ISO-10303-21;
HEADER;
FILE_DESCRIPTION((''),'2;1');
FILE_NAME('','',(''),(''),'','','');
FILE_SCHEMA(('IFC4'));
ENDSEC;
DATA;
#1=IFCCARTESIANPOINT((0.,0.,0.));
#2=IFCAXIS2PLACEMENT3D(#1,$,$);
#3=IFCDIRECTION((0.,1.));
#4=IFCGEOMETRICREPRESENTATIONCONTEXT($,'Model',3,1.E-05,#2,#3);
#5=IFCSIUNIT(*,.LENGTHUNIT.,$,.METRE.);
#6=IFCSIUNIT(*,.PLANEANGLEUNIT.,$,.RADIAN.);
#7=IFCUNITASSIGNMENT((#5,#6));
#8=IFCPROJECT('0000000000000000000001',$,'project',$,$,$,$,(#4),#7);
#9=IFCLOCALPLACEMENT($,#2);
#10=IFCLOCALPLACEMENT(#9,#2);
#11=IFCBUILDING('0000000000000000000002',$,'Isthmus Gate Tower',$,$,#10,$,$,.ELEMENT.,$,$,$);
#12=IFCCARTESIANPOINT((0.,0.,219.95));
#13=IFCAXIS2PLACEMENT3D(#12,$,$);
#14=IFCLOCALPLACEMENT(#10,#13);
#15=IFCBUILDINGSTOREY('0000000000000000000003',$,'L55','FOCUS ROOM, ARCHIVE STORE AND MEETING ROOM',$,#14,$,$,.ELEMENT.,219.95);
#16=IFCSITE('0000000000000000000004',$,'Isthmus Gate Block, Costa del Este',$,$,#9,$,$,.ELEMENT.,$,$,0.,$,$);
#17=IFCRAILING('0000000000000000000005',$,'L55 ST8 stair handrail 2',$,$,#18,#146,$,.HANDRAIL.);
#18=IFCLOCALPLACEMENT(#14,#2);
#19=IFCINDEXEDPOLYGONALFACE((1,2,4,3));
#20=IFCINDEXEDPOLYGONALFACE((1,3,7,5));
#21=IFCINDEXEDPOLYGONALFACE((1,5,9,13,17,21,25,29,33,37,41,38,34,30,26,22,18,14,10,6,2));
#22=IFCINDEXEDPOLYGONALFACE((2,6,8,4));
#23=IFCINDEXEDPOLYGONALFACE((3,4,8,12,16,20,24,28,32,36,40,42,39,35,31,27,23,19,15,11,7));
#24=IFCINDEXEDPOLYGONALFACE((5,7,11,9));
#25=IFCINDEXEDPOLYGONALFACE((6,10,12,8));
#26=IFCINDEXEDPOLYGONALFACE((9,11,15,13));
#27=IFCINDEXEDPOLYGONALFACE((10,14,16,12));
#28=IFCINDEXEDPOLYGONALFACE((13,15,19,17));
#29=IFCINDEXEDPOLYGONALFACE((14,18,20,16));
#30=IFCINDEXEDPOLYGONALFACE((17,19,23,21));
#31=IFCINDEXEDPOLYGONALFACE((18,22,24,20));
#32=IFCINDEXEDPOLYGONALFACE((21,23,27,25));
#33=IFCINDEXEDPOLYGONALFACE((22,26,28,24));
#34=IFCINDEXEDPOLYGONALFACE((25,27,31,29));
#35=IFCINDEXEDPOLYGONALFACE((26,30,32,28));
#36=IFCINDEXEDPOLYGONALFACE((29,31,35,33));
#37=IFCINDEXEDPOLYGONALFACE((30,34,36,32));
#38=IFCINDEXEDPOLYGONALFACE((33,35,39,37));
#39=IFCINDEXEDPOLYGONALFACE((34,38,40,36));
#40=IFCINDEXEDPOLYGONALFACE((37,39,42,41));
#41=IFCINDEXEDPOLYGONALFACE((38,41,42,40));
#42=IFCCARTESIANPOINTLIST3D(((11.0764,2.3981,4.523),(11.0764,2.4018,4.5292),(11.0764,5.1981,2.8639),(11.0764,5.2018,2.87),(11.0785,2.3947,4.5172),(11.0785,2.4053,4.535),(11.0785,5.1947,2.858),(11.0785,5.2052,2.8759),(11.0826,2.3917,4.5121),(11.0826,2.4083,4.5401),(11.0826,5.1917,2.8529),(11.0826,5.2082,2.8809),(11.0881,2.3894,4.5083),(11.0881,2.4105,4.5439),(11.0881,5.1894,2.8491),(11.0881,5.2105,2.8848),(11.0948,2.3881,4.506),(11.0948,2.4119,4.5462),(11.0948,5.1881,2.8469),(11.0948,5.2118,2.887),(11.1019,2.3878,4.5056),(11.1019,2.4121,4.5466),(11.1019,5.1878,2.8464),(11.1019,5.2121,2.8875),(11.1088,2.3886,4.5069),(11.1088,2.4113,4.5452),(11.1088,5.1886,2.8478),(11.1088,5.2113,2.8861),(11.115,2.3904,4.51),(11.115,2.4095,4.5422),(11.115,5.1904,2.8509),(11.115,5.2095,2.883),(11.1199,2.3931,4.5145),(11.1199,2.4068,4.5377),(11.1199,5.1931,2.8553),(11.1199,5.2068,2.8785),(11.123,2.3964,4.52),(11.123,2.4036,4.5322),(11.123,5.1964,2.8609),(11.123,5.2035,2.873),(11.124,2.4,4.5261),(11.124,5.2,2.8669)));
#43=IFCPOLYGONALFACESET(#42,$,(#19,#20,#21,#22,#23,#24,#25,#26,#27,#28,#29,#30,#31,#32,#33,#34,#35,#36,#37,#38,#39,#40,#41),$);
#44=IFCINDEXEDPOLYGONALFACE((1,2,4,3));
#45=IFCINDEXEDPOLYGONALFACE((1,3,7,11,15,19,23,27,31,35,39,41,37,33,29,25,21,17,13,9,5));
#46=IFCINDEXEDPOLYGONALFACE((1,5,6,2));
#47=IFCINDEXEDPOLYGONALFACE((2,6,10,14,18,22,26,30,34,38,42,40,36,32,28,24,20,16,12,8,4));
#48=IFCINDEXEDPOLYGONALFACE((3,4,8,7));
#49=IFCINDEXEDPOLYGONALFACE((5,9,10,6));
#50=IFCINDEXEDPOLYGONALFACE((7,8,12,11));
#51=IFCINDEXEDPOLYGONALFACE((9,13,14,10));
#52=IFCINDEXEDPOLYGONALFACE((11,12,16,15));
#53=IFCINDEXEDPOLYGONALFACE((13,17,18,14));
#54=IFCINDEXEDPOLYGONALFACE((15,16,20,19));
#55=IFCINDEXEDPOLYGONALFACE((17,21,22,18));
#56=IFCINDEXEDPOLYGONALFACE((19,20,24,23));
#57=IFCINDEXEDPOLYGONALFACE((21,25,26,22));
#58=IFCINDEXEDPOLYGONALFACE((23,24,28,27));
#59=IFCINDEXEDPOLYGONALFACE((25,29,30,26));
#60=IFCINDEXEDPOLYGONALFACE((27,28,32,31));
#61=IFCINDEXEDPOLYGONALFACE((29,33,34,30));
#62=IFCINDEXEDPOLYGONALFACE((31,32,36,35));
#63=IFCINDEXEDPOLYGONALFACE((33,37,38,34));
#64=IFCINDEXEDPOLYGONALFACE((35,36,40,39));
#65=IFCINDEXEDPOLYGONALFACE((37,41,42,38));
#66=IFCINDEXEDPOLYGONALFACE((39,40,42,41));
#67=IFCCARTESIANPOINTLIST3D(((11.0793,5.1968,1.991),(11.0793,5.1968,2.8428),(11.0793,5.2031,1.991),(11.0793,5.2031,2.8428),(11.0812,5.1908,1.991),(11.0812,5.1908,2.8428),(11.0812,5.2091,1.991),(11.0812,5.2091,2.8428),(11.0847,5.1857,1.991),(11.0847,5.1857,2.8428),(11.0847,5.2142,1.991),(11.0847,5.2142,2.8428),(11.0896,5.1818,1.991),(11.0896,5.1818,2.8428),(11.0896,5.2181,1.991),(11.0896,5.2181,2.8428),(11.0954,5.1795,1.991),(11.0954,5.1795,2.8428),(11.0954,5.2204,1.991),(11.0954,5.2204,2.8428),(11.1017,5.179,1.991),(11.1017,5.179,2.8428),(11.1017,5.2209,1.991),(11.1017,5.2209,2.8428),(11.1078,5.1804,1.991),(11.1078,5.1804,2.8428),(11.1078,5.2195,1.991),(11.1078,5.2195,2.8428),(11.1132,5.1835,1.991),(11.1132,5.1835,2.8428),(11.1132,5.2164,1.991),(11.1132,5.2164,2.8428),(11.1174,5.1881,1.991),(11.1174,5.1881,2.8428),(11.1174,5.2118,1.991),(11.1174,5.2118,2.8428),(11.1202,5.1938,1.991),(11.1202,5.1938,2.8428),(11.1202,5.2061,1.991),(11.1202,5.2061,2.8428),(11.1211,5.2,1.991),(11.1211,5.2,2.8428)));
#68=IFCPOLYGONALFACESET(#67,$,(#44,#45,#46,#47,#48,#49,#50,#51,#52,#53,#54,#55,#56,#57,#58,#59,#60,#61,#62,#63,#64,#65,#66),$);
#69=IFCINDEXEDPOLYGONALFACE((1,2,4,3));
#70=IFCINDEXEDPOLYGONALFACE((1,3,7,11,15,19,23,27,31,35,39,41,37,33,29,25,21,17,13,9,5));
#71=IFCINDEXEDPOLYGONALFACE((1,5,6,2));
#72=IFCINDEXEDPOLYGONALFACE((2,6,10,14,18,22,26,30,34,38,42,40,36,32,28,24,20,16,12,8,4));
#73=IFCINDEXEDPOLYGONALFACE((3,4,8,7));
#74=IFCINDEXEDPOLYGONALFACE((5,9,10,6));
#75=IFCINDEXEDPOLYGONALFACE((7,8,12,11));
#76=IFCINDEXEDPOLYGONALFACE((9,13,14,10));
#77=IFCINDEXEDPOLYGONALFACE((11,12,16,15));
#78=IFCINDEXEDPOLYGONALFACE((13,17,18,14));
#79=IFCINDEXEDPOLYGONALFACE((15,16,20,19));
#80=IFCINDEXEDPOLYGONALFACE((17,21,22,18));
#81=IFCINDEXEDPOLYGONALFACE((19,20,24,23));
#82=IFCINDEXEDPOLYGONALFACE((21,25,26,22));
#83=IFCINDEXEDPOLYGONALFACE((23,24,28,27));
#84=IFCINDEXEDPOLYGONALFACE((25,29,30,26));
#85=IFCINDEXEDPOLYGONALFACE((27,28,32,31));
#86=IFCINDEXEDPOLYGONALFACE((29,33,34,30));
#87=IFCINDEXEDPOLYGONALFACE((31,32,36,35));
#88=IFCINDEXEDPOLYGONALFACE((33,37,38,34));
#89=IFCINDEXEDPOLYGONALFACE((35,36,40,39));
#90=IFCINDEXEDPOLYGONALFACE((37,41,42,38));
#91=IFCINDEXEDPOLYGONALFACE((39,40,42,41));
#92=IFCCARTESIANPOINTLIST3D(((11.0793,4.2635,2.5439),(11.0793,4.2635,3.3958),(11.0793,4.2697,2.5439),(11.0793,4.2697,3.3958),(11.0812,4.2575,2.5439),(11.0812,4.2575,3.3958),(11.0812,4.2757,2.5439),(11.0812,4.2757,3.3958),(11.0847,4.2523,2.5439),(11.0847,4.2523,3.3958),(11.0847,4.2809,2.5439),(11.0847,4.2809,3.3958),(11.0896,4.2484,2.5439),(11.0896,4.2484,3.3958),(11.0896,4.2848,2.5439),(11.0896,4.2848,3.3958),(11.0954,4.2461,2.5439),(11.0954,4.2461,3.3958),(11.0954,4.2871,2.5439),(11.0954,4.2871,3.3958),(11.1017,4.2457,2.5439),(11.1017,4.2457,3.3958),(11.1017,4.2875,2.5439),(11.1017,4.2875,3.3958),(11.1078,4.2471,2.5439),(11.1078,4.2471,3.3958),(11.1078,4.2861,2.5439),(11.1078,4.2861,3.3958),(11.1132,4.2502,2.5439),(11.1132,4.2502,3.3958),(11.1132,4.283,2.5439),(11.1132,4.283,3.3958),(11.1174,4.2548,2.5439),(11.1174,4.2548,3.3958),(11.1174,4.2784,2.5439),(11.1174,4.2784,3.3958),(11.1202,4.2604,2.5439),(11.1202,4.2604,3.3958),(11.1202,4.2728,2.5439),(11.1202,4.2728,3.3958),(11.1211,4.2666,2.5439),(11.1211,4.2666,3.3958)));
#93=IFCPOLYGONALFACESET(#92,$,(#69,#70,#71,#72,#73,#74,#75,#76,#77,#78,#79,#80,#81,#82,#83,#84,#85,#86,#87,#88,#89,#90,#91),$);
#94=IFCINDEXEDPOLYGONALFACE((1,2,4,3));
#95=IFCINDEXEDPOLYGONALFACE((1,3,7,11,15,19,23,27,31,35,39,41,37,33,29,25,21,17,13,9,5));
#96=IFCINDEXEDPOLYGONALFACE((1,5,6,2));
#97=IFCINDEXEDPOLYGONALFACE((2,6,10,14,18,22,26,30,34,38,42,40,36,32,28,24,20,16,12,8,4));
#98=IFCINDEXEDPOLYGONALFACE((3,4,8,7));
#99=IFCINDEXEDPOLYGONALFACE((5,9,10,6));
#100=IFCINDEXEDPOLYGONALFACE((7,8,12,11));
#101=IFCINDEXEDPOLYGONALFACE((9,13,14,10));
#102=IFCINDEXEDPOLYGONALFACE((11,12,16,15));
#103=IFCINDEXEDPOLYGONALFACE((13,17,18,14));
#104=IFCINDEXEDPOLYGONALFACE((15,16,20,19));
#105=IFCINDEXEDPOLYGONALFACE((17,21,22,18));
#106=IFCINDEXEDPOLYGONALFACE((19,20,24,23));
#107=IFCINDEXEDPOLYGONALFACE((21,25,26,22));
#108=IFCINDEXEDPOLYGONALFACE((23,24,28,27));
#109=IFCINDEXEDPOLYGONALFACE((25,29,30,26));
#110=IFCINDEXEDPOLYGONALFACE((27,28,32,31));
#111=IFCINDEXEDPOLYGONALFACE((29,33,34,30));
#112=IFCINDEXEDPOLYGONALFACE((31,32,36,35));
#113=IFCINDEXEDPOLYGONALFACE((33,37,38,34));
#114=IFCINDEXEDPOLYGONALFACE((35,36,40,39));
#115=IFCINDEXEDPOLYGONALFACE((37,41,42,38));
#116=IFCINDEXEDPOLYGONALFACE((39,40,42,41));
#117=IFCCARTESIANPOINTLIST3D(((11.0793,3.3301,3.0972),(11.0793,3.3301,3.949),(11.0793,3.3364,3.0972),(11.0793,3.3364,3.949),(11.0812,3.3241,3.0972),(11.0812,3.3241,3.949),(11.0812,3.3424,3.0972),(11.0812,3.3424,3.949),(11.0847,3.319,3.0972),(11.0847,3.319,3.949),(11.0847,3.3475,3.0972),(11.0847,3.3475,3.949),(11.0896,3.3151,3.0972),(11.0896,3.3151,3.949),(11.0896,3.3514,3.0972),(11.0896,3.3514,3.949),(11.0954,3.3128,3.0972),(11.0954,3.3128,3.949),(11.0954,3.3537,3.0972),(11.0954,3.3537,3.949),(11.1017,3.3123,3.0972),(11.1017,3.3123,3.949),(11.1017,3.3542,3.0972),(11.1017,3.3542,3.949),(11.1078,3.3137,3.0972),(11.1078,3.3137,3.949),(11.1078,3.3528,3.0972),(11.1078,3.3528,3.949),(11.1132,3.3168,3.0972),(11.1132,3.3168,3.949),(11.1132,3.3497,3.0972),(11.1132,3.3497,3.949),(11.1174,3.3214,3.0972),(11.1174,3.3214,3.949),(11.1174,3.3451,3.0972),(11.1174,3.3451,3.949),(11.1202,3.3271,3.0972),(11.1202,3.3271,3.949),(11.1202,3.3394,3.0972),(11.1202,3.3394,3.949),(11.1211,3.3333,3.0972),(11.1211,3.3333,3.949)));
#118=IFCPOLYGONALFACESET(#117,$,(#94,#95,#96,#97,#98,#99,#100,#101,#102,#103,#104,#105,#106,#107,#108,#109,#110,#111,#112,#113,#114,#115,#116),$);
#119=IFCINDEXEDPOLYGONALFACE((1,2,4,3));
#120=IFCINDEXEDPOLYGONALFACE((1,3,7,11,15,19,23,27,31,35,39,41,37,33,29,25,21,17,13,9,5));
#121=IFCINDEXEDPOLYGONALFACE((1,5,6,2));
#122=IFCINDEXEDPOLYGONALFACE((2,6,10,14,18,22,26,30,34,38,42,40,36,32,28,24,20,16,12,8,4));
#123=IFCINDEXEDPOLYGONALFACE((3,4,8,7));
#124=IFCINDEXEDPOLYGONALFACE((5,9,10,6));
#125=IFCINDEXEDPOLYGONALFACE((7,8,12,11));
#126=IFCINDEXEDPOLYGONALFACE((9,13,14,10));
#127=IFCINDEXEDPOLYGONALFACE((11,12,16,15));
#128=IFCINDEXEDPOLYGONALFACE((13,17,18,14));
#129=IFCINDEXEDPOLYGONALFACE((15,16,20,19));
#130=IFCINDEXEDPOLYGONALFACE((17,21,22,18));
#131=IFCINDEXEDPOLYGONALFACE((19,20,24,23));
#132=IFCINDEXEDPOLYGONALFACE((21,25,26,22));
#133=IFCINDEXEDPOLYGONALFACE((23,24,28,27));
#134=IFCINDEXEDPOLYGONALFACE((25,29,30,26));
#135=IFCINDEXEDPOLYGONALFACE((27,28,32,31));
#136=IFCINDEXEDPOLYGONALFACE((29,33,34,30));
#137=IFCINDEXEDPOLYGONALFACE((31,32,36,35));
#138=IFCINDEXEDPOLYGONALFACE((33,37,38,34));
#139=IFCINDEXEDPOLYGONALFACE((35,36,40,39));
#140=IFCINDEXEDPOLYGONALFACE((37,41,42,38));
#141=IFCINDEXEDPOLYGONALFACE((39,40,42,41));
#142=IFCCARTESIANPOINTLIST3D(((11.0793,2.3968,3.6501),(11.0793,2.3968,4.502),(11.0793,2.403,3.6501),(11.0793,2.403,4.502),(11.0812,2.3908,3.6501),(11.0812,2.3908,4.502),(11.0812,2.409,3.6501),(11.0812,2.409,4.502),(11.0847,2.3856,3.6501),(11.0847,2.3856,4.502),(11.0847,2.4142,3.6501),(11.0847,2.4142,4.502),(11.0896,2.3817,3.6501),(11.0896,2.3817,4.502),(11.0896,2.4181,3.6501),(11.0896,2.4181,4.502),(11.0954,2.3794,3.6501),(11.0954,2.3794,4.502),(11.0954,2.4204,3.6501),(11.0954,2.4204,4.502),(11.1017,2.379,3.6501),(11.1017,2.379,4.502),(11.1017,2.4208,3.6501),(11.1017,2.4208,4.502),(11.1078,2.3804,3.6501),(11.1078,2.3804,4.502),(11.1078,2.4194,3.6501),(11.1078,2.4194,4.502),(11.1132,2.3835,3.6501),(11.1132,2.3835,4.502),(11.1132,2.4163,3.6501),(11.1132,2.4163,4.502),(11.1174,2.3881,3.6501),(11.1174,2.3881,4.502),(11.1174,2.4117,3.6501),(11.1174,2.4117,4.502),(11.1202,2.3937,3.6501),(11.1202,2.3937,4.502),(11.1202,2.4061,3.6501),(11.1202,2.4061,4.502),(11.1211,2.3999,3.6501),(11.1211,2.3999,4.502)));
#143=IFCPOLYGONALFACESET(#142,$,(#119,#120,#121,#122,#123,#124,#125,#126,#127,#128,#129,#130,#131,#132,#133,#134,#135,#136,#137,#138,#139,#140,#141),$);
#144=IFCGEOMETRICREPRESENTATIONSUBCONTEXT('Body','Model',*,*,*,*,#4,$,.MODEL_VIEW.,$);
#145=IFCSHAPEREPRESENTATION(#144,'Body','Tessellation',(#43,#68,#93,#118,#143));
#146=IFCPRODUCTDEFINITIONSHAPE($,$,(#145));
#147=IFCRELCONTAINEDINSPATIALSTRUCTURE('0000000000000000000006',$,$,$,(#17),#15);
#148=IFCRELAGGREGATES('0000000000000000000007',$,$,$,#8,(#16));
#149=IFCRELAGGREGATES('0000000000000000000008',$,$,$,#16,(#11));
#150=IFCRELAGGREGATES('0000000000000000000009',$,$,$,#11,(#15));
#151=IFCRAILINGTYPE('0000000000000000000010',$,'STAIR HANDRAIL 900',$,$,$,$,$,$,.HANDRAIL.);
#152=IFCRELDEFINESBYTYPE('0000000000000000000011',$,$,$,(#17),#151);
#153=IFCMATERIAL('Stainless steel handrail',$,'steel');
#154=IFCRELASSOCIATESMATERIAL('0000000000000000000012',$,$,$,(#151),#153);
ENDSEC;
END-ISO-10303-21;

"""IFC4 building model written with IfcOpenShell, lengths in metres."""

from ifc_helpers import new_model, si_unit, direction, frame, origin, origin_2d, place, context, subcontext, project, spatial, circle, extrude, material, type_object, element, save


model = new_model("IFC4")

# Units and contexts
model_context = context("Model", 3, precision=1e-05, world=origin(), true_north=direction((0.0, 1.0)))
body_context = subcontext(model_context, "Body", "Model", "MODEL_VIEW")
ifc_project = project(units=[si_unit("LENGTHUNIT", "METRE"), si_unit("PLANEANGLEUNIT", "RADIAN")], contexts=[model_context])

# Site, building, storey
site_placement = place(None, origin())
site = spatial("IfcSite", under=ifc_project, at=site_placement, Name="Isthmus Gate Block, Costa del Este", CompositionType="ELEMENT", RefElevation=0.0)
building_placement = place(site_placement, origin())
building = spatial("IfcBuilding", under=site, at=building_placement, Name="Isthmus Gate Tower", CompositionType="ELEMENT")
storey_placement = place(building_placement, frame((0.0, 0.0, 219.95)))
storey = spatial("IfcBuildingStorey", under=building, at=storey_placement, Name="L55", Description="FOCUS ROOM, ARCHIVE STORE AND MEETING ROOM", CompositionType="ELEMENT", Elevation=219.95)

# Railing
ifc_material_1 = material(Name="Stainless steel handrail", Category="steel")
railing_type = type_object("IfcRailingType", Name="STAIR HANDRAIL 900", PredefinedType="HANDRAIL", material=ifc_material_1)
railing_1_placement = place(storey_placement, frame((11.1001, 5.2, 1.991)))
element("IfcRailing", 1, at=railing_1_placement, inside=storey, type_object=railing_type, Name="L55 ST8 stair handrail 2", PredefinedType="HANDRAIL", context=body_context, shape_type="SweptSolid", body=[
    extrude(circle(Radius=0.0239, at=origin_2d()), frame((0.0, 0.0, 0.876), z_axis=(0.0, -0.860306, 0.509778), x_axis=(1.0, 0.0, 0.0)), (0.0, 0.0, 1.0), 3.2546),
    extrude(circle(Radius=0.021, at=origin_2d()), origin(), (0.0, 0.0, 1.0), 0.8518),
    extrude(circle(Radius=0.021, at=origin_2d()), frame((0.0, -0.9333, 0.553)), (0.0, 0.0, 1.0), 0.8518),
    extrude(circle(Radius=0.021, at=origin_2d()), frame((0.0, -1.8667, 1.1062)), (0.0, 0.0, 1.0), 0.8518),
    extrude(circle(Radius=0.021, at=origin_2d()), frame((0.0, -2.8, 1.6592)), (0.0, 0.0, 1.0), 0.8518),
])

save(model, "model.ifc")
